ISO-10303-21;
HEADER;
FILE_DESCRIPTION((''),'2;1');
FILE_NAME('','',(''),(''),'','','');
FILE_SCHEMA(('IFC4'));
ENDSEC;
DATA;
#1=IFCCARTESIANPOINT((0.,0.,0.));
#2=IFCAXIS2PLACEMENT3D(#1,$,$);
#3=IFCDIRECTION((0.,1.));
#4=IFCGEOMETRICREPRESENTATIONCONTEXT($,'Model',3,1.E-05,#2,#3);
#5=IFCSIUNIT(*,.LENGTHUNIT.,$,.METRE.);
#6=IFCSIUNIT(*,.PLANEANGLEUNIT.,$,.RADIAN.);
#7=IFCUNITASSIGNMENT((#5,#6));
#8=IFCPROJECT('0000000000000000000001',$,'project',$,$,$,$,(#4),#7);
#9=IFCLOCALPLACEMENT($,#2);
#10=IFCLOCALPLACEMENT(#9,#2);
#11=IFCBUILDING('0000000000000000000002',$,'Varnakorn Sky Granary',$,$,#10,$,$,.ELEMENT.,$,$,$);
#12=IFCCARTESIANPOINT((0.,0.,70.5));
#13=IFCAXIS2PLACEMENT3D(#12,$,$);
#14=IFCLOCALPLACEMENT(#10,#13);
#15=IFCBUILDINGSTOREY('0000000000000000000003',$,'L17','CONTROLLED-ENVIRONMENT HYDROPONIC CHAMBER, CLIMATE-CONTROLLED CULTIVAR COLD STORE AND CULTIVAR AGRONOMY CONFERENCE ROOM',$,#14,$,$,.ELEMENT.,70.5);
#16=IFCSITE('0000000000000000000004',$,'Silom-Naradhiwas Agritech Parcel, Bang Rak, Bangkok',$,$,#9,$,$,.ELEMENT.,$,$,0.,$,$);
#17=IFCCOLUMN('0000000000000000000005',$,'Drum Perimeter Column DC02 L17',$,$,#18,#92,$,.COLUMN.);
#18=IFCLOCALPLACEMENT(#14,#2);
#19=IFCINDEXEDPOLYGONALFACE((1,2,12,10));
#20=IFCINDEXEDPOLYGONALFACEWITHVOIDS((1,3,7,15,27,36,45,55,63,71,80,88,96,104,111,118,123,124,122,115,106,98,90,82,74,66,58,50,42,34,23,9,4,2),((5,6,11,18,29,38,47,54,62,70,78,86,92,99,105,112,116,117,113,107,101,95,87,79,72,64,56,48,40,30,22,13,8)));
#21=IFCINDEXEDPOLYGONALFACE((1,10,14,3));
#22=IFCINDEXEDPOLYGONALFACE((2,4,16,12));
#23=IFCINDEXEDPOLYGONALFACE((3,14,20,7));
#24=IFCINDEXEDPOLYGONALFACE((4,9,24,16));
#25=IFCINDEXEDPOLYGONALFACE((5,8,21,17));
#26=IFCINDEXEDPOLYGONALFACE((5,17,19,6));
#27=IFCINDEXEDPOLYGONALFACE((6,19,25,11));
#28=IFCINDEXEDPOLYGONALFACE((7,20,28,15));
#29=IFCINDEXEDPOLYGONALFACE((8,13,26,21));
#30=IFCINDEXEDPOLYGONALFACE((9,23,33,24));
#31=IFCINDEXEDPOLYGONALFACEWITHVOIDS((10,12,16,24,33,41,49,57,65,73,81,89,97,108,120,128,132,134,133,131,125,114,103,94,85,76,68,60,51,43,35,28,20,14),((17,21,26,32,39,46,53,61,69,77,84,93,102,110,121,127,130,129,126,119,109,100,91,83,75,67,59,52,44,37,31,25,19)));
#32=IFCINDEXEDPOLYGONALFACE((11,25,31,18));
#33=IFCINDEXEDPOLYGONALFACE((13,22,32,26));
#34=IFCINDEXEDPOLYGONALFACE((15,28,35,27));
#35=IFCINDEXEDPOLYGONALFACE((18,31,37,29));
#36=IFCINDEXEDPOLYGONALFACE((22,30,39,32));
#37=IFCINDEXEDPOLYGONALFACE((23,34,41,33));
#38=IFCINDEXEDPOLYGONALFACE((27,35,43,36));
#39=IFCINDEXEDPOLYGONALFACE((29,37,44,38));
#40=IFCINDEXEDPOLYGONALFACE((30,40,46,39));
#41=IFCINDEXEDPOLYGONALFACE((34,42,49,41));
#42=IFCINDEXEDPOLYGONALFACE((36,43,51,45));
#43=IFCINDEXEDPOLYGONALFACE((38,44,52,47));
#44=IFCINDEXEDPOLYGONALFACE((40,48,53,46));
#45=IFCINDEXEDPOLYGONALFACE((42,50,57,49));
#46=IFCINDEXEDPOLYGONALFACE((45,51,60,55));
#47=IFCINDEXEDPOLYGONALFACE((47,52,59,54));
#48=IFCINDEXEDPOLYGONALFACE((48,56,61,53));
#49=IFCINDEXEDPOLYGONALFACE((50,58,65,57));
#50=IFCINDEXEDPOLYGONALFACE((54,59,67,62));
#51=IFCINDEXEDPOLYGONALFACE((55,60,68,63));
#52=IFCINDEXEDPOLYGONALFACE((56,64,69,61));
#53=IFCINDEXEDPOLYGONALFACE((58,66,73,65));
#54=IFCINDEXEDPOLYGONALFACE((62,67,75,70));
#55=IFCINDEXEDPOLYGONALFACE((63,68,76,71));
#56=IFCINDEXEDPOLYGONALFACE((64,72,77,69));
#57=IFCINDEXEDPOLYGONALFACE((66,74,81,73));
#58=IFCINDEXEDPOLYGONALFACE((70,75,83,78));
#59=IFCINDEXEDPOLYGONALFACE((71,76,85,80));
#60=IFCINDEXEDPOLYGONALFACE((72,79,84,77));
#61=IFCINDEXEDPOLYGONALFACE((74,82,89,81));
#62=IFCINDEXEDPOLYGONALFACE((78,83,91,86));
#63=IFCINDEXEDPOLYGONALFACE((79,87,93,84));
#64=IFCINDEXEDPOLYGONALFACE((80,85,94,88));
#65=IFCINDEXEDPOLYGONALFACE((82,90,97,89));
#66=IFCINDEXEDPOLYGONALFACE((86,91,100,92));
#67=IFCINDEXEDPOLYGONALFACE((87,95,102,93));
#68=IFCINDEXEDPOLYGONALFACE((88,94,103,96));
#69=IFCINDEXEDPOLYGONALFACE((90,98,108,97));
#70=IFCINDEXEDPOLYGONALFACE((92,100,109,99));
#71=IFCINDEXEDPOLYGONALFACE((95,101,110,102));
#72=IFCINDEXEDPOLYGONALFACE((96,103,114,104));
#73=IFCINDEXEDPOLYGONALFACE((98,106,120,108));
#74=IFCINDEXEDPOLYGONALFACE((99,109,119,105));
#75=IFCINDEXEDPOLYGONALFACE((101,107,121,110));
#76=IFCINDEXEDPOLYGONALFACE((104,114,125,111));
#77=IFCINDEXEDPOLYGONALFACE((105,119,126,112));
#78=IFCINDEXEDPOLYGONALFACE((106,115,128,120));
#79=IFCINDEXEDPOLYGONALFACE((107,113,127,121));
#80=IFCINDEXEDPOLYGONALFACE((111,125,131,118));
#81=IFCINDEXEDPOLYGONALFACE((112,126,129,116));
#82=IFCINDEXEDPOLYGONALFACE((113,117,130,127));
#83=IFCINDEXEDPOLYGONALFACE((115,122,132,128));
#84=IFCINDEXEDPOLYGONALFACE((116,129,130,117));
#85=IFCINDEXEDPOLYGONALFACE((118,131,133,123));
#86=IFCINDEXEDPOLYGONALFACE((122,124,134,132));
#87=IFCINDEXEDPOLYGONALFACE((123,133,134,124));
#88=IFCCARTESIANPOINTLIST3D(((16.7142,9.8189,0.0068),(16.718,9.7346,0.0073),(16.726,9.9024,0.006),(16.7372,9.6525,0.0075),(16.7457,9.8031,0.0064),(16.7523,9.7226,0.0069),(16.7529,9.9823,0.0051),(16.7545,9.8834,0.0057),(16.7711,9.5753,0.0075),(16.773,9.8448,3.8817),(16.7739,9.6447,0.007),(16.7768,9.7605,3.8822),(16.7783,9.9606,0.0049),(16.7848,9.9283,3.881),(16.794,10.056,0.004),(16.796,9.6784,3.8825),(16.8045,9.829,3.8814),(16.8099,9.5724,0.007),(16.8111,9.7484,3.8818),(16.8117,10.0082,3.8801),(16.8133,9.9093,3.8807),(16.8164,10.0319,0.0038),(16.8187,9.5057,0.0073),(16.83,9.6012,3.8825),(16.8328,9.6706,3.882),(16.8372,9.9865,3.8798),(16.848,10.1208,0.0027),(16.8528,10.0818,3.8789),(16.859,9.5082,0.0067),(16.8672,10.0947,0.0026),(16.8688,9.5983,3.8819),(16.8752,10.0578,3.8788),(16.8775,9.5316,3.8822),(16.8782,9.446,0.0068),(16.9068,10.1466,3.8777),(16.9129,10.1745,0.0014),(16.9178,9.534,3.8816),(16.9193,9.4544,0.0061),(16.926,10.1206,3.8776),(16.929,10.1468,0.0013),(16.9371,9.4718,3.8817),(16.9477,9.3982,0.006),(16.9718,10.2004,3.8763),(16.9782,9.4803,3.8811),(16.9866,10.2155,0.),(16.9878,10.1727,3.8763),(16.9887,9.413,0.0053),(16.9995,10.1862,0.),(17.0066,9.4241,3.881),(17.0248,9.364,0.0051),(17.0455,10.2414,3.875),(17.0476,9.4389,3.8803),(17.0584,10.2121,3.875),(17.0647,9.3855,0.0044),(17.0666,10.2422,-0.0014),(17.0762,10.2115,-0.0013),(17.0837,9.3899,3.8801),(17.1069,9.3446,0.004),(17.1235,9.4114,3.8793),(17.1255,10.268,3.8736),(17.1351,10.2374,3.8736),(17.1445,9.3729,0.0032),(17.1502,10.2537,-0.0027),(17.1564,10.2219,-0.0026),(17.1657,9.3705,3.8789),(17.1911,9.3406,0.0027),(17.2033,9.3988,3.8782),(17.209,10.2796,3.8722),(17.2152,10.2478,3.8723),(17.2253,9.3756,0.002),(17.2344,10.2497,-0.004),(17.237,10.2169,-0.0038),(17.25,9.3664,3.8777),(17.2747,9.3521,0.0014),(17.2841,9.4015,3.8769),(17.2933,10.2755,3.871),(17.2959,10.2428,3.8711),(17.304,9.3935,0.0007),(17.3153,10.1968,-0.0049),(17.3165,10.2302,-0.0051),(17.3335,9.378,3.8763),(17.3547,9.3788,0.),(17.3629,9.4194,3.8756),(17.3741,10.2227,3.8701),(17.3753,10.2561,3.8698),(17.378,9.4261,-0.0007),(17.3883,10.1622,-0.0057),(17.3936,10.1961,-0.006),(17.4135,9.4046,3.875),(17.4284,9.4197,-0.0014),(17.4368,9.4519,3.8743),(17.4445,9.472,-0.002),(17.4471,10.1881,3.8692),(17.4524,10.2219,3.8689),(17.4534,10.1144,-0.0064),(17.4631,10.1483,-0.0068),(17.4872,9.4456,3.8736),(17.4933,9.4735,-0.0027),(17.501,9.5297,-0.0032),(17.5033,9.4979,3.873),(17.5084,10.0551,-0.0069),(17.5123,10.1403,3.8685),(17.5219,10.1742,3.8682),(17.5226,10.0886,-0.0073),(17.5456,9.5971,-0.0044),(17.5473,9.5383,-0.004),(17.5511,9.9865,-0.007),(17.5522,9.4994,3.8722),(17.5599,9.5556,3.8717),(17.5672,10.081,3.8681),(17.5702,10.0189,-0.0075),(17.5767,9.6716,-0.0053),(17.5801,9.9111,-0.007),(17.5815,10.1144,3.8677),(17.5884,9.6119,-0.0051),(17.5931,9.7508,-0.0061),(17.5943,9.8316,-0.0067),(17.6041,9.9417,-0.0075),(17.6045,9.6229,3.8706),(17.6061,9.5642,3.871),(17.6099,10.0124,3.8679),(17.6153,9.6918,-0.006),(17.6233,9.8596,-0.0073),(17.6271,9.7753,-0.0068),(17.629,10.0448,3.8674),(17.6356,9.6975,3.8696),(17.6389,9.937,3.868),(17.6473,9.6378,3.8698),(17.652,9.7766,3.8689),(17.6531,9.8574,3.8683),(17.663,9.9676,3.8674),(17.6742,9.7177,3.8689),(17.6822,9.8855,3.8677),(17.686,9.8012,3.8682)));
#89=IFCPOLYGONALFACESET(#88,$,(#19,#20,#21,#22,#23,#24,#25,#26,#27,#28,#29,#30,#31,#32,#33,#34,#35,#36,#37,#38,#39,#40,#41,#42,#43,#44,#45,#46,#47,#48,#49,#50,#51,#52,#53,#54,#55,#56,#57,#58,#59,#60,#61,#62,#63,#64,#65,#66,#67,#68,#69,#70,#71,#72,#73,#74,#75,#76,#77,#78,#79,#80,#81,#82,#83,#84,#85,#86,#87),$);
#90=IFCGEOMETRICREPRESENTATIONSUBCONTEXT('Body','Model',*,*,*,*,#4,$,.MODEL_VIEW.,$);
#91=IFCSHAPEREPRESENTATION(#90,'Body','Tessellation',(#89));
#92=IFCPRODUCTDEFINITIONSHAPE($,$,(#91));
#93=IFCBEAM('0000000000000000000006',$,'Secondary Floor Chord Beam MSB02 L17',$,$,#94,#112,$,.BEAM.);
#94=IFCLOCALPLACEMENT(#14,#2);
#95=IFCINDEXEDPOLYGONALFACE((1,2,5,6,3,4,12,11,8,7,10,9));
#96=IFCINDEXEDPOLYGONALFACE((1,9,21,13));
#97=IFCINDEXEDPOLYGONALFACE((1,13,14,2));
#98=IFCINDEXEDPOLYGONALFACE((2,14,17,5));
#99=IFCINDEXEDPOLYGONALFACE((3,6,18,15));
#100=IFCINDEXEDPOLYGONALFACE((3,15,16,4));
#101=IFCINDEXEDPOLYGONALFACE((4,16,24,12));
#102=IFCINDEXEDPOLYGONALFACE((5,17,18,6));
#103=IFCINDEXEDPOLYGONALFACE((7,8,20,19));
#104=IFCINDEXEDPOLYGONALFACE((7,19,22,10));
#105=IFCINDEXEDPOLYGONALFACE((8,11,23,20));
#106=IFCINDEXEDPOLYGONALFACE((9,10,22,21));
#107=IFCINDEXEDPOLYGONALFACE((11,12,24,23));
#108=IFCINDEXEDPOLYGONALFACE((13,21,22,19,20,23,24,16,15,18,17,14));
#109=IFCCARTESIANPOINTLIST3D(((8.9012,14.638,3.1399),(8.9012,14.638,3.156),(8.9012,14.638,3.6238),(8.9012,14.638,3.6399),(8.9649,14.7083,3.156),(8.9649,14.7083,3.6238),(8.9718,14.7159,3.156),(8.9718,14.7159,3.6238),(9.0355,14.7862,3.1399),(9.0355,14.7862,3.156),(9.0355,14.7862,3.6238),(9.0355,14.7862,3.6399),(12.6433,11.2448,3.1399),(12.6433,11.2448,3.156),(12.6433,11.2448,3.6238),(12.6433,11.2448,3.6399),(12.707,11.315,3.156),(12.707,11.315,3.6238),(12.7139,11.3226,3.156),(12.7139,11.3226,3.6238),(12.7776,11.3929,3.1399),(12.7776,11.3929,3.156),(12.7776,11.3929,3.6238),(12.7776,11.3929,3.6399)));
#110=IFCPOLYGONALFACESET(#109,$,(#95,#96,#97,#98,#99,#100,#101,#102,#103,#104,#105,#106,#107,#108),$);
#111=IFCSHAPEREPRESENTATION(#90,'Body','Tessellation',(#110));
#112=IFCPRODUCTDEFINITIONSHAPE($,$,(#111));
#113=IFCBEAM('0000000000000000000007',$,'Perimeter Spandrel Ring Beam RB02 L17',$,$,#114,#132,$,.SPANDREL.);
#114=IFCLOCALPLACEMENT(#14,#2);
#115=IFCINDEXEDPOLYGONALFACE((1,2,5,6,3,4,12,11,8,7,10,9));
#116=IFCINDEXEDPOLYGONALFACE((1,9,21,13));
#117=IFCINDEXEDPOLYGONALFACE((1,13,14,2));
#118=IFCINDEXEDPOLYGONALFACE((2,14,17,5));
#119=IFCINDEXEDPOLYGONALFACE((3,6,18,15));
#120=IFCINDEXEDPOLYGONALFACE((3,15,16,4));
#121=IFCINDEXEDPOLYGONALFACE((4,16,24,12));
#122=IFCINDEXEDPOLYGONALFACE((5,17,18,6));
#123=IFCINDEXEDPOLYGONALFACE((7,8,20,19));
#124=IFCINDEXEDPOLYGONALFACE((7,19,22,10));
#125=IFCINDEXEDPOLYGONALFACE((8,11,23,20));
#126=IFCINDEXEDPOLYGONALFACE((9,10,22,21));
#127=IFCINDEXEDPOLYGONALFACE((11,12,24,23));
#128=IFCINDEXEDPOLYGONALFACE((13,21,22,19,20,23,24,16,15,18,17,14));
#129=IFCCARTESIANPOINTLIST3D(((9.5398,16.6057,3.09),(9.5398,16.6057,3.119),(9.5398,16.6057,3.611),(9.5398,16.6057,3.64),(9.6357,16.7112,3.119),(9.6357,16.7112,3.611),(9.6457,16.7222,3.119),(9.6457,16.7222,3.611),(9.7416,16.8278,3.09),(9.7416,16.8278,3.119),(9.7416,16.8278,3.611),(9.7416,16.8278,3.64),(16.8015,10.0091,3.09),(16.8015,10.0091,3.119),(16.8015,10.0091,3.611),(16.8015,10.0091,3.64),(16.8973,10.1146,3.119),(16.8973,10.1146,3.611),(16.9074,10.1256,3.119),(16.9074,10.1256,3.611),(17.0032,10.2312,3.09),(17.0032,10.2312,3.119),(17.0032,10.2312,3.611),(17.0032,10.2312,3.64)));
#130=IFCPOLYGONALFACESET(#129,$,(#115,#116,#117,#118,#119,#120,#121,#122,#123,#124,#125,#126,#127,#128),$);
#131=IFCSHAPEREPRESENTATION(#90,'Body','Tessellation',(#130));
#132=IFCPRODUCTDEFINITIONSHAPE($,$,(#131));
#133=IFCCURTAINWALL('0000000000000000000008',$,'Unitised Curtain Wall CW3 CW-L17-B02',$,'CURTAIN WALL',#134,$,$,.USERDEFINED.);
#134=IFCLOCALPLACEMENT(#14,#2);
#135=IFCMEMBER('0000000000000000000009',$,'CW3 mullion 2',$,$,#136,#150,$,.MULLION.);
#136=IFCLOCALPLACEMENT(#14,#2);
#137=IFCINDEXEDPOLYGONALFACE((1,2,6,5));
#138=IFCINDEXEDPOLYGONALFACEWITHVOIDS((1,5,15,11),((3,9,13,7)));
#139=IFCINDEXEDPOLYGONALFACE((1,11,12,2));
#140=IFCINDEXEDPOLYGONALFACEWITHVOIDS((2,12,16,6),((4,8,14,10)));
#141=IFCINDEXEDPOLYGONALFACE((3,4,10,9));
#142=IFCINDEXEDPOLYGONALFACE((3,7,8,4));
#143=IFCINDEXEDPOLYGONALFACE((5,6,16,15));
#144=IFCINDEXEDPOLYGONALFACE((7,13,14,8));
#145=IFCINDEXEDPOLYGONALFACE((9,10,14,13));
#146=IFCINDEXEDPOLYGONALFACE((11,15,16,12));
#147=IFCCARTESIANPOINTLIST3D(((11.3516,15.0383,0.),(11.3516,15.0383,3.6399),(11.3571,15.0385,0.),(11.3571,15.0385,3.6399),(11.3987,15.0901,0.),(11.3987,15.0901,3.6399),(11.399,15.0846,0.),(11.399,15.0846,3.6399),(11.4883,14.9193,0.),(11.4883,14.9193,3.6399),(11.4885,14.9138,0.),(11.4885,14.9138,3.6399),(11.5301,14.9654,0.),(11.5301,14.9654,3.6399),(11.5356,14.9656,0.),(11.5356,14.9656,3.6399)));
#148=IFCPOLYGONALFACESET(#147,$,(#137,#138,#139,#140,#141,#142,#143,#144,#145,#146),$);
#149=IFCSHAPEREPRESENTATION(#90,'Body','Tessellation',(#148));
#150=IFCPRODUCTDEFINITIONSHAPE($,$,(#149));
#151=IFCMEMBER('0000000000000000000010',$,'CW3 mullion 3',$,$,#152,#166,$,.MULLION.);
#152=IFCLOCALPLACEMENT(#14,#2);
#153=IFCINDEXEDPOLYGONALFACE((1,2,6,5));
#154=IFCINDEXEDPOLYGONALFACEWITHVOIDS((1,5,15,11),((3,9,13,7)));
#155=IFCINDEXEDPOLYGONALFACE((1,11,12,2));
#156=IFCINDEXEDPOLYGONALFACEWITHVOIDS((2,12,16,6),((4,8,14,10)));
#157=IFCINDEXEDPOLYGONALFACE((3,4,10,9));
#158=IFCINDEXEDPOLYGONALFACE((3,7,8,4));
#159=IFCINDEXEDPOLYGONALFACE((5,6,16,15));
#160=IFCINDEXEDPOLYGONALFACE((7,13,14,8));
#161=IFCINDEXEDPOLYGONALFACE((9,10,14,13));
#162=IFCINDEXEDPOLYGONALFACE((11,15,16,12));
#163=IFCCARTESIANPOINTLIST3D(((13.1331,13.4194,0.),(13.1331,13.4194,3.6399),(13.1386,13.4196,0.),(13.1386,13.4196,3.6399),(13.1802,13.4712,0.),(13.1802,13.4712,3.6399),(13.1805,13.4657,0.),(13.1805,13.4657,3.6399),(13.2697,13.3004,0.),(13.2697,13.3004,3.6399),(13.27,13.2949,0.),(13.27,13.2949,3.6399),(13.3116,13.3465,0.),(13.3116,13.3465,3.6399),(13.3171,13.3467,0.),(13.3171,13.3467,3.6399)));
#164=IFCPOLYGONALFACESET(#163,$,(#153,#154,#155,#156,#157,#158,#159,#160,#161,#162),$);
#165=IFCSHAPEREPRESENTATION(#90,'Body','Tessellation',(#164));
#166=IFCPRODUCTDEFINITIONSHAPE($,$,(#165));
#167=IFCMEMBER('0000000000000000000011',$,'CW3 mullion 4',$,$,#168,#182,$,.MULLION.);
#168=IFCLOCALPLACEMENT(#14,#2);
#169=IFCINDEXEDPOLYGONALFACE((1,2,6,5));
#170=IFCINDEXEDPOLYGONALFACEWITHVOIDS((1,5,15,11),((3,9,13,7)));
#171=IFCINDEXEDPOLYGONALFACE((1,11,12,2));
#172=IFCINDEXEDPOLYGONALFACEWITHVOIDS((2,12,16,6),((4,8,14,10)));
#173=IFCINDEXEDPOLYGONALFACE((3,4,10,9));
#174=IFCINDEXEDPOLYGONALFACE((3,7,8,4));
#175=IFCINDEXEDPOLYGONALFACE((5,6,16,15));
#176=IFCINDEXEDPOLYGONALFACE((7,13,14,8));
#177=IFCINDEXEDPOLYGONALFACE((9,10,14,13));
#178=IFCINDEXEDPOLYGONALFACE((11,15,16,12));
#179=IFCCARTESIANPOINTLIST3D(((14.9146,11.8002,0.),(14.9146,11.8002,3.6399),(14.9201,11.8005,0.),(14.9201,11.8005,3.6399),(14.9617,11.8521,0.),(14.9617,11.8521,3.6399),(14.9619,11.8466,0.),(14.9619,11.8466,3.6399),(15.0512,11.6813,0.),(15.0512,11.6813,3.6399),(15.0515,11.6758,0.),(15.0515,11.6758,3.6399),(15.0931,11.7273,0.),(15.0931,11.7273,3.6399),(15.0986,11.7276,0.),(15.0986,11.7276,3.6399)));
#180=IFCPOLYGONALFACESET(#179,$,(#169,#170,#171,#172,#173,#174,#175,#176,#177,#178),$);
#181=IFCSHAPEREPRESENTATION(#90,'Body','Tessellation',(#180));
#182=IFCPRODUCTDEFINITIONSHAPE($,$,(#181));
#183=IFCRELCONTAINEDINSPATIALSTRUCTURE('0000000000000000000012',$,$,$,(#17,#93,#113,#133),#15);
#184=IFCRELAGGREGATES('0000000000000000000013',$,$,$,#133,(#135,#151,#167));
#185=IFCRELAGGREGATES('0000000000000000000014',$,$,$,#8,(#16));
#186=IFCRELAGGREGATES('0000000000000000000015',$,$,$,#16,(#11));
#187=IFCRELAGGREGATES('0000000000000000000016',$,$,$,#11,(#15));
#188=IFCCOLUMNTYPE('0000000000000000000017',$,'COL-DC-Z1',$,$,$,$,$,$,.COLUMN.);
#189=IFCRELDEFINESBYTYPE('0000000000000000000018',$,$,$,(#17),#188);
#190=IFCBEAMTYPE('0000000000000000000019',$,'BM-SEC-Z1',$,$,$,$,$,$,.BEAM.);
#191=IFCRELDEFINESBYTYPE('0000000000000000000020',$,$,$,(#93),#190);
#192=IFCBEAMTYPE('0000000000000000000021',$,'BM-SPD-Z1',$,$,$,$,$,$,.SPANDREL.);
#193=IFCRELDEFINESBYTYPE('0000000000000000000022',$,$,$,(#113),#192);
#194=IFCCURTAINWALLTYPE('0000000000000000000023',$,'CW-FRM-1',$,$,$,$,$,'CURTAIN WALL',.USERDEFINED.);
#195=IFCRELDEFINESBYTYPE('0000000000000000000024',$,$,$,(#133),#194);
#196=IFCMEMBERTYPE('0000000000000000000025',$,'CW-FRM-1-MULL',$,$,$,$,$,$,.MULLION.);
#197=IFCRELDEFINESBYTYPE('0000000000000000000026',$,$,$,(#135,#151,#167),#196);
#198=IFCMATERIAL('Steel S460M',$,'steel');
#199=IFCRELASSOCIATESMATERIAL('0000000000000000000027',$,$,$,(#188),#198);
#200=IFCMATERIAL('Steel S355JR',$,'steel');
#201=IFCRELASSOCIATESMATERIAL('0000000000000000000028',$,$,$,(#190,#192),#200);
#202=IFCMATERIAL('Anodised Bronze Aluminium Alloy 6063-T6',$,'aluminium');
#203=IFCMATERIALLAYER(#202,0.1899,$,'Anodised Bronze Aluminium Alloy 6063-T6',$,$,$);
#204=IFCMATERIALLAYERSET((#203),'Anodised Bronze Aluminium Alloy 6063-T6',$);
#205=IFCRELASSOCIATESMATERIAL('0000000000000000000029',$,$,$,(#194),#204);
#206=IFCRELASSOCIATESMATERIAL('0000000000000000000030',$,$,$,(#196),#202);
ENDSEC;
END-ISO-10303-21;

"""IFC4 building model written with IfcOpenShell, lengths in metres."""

from ifc_helpers import new_model, si_unit, direction, frame, origin, origin_2d, place, context, subcontext, project, spatial, hollow_rectangle, hollow_circle, i_section, extrude, material, layer, layer_set, material_profile, profile_set, type_object, element, aggregate, save


model = new_model("IFC4")

# Units and contexts
model_context = context("Model", 3, precision=1e-05, world=origin(), true_north=direction((0.0, 1.0)))
body_context = subcontext(model_context, "Body", "Model", "MODEL_VIEW")
ifc_project = project(units=[si_unit("LENGTHUNIT", "METRE"), si_unit("PLANEANGLEUNIT", "RADIAN")], contexts=[model_context])

# Site, building, storey
site_placement = place(None, origin())
site = spatial("IfcSite", under=ifc_project, at=site_placement, Name="Silom-Naradhiwas Agritech Parcel, Bang Rak, Bangkok", CompositionType="ELEMENT", RefElevation=0.0)
building_placement = place(site_placement, origin())
building = spatial("IfcBuilding", under=site, at=building_placement, Name="Varnakorn Sky Granary", CompositionType="ELEMENT")
storey_placement = place(building_placement, frame((0.0, 0.0, 70.5)))
storey = spatial("IfcBuildingStorey", under=building, at=storey_placement, Name="L17", Description="CONTROLLED-ENVIRONMENT HYDROPONIC CHAMBER, CLIMATE-CONTROLLED CULTIVAR COLD STORE AND CULTIVAR AGRONOMY CONFERENCE ROOM", CompositionType="ELEMENT", Elevation=70.5)

# Column
ifc_material_1 = material(Name="Steel S460M", Category="steel")
ifc_material_profile_1 = material_profile(ifc_material_1, hollow_circle(Radius=0.457, WallThickness=0.032, at=origin_2d()), Name="CHS 914x32")
ifc_profile_set_1 = profile_set([ifc_material_profile_1], Name="Steel S460M")
column_type = type_object("IfcColumnType", Name="COL-DC-Z1", PredefinedType="COLUMN", material=ifc_profile_set_1)
column_placement = place(storey_placement, frame((17.1707, 9.7971, 0.0), z_axis=(0.015182, 0.006678, 0.999862), x_axis=(-0.402611, 0.915371, 0.0)))
element("IfcColumn", 1, at=column_placement, inside=storey, type_object=column_type, Name="Drum Perimeter Column DC02 L17", PredefinedType="COLUMN", context=body_context, shape_type="SweptSolid", body=[
    extrude(hollow_circle(Radius=0.457, WallThickness=0.032, at=origin_2d()), origin(), (0.0, 0.0, 1.0), 3.8755),
])

# Beams
ifc_material_2 = material(Name="Steel S355JR", Category="steel")
ifc_material_profile_2 = material_profile(ifc_material_2, i_section(OverallWidth=0.2, OverallDepth=0.5, WebThickness=0.0103, FlangeThickness=0.0161, at=origin_2d()), Name="IPE 500")
ifc_profile_set_2 = profile_set([ifc_material_profile_2], Name="Steel S355JR")
beam_type_1 = type_object("IfcBeamType", Name="BM-SEC-Z1", PredefinedType="BEAM", material=ifc_profile_set_2)
beam_1_placement = place(storey_placement, frame((12.7104, 11.3188, 3.3899), z_axis=(-0.740795, 0.671732, 0.0), x_axis=(-0.671732, -0.740795, 0.0)))
element("IfcBeam", 2, at=beam_1_placement, inside=storey, type_object=beam_type_1, Name="Secondary Floor Chord Beam MSB02 L17", PredefinedType="BEAM", context=body_context, shape_type="SweptSolid", body=[
    extrude(i_section(OverallWidth=0.2, OverallDepth=0.5, WebThickness=0.0103, FlangeThickness=0.0161, at=origin_2d()), origin(), (0.0, 0.0, 1.0), 5.0515),
])
ifc_material_profile_3 = material_profile(ifc_material_2, i_section(OverallWidth=0.3, OverallDepth=0.55, WebThickness=0.0149, FlangeThickness=0.0291, at=origin_2d()), Name="HE 550 B")
ifc_profile_set_3 = profile_set([ifc_material_profile_3], Name="Steel S355JR")
beam_type_2 = type_object("IfcBeamType", Name="BM-SPD-Z1", PredefinedType="SPANDREL", material=ifc_profile_set_3)
beam_2_placement = place(storey_placement, frame((16.9023, 10.1201, 3.365), z_axis=(-0.740188, 0.6724, 0.0), x_axis=(-0.6724, -0.740188, 0.0)))
element("IfcBeam", 3, at=beam_2_placement, inside=storey, type_object=beam_type_2, Name="Perimeter Spandrel Ring Beam RB02 L17", PredefinedType="SPANDREL", context=body_context, shape_type="SweptSolid", body=[
    extrude(i_section(OverallWidth=0.3, OverallDepth=0.55, WebThickness=0.0149, FlangeThickness=0.0291, at=origin_2d()), origin(), (0.0, 0.0, 1.0), 9.8105),
])

# Curtain wall, members
ifc_material_3 = material(Name="Anodised Bronze Aluminium Alloy 6063-T6", Category="aluminium")
ifc_layer_1 = layer(ifc_material_3, 0.1899, Name="Anodised Bronze Aluminium Alloy 6063-T6")
ifc_layer_set_1 = layer_set([ifc_layer_1], Name="Anodised Bronze Aluminium Alloy 6063-T6")
curtain_wall_type = type_object("IfcCurtainWallType", Name="CW-FRM-1", ElementType="CURTAIN WALL", PredefinedType="USERDEFINED", material=ifc_layer_set_1)
curtain_wall_placement = place(storey_placement, origin())
curtain_wall = element("IfcCurtainWall", 4, at=curtain_wall_placement, inside=storey, type_object=curtain_wall_type, Name="Unitised Curtain Wall CW3 CW-L17-B02", ObjectType="CURTAIN WALL", PredefinedType="USERDEFINED")
ifc_material_profile_4 = material_profile(ifc_material_3, hollow_rectangle(XDim=0.0701, YDim=0.1851, WallThickness=0.0039, at=origin_2d()), Name="ALU MULL 70x185")
ifc_profile_set_4 = profile_set([ifc_material_profile_4], Name="Anodised Bronze Aluminium Alloy 6063-T6")
member_type_1 = type_object("IfcMemberType", Name="CW-FRM-1-MULL", PredefinedType="MULLION", material=ifc_profile_set_4)
member_1_placement = place(storey_placement, frame((11.4436, 15.002, 0.0), z_axis=(0.0, 0.0, 1.0), x_axis=(0.672582, 0.740022, 0.0)))
member_1 = element("IfcMember", 5, at=member_1_placement, type_object=member_type_1, Name="CW3 mullion 2", PredefinedType="MULLION", context=body_context, shape_type="SweptSolid", body=[
    extrude(hollow_rectangle(XDim=0.0701, YDim=0.1851, WallThickness=0.0039, at=origin_2d()), origin(), (0.0, 0.0, 1.0), 3.6399),
])
member_2_placement = place(storey_placement, frame((13.2251, 13.3831, 0.0), z_axis=(0.0, 0.0, 1.0), x_axis=(0.672582, 0.740022, 0.0)))
member_2 = element("IfcMember", 6, at=member_2_placement, type_object=member_type_1, Name="CW3 mullion 3", PredefinedType="MULLION", context=body_context, shape_type="SweptSolid", body=[
    extrude(hollow_rectangle(XDim=0.0701, YDim=0.1851, WallThickness=0.0039, at=origin_2d()), origin(), (0.0, 0.0, 1.0), 3.6399),
])
member_3_placement = place(storey_placement, frame((15.0066, 11.7639, 0.0), z_axis=(0.0, 0.0, 1.0), x_axis=(0.672582, 0.740022, 0.0)))
member_3 = element("IfcMember", 7, at=member_3_placement, type_object=member_type_1, Name="CW3 mullion 4", PredefinedType="MULLION", context=body_context, shape_type="SweptSolid", body=[
    extrude(hollow_rectangle(XDim=0.0701, YDim=0.1851, WallThickness=0.0039, at=origin_2d()), origin(), (0.0, 0.0, 1.0), 3.6399),
])

aggregate(curtain_wall, [member_1, member_2, member_3])

save(model, "model.ifc")
